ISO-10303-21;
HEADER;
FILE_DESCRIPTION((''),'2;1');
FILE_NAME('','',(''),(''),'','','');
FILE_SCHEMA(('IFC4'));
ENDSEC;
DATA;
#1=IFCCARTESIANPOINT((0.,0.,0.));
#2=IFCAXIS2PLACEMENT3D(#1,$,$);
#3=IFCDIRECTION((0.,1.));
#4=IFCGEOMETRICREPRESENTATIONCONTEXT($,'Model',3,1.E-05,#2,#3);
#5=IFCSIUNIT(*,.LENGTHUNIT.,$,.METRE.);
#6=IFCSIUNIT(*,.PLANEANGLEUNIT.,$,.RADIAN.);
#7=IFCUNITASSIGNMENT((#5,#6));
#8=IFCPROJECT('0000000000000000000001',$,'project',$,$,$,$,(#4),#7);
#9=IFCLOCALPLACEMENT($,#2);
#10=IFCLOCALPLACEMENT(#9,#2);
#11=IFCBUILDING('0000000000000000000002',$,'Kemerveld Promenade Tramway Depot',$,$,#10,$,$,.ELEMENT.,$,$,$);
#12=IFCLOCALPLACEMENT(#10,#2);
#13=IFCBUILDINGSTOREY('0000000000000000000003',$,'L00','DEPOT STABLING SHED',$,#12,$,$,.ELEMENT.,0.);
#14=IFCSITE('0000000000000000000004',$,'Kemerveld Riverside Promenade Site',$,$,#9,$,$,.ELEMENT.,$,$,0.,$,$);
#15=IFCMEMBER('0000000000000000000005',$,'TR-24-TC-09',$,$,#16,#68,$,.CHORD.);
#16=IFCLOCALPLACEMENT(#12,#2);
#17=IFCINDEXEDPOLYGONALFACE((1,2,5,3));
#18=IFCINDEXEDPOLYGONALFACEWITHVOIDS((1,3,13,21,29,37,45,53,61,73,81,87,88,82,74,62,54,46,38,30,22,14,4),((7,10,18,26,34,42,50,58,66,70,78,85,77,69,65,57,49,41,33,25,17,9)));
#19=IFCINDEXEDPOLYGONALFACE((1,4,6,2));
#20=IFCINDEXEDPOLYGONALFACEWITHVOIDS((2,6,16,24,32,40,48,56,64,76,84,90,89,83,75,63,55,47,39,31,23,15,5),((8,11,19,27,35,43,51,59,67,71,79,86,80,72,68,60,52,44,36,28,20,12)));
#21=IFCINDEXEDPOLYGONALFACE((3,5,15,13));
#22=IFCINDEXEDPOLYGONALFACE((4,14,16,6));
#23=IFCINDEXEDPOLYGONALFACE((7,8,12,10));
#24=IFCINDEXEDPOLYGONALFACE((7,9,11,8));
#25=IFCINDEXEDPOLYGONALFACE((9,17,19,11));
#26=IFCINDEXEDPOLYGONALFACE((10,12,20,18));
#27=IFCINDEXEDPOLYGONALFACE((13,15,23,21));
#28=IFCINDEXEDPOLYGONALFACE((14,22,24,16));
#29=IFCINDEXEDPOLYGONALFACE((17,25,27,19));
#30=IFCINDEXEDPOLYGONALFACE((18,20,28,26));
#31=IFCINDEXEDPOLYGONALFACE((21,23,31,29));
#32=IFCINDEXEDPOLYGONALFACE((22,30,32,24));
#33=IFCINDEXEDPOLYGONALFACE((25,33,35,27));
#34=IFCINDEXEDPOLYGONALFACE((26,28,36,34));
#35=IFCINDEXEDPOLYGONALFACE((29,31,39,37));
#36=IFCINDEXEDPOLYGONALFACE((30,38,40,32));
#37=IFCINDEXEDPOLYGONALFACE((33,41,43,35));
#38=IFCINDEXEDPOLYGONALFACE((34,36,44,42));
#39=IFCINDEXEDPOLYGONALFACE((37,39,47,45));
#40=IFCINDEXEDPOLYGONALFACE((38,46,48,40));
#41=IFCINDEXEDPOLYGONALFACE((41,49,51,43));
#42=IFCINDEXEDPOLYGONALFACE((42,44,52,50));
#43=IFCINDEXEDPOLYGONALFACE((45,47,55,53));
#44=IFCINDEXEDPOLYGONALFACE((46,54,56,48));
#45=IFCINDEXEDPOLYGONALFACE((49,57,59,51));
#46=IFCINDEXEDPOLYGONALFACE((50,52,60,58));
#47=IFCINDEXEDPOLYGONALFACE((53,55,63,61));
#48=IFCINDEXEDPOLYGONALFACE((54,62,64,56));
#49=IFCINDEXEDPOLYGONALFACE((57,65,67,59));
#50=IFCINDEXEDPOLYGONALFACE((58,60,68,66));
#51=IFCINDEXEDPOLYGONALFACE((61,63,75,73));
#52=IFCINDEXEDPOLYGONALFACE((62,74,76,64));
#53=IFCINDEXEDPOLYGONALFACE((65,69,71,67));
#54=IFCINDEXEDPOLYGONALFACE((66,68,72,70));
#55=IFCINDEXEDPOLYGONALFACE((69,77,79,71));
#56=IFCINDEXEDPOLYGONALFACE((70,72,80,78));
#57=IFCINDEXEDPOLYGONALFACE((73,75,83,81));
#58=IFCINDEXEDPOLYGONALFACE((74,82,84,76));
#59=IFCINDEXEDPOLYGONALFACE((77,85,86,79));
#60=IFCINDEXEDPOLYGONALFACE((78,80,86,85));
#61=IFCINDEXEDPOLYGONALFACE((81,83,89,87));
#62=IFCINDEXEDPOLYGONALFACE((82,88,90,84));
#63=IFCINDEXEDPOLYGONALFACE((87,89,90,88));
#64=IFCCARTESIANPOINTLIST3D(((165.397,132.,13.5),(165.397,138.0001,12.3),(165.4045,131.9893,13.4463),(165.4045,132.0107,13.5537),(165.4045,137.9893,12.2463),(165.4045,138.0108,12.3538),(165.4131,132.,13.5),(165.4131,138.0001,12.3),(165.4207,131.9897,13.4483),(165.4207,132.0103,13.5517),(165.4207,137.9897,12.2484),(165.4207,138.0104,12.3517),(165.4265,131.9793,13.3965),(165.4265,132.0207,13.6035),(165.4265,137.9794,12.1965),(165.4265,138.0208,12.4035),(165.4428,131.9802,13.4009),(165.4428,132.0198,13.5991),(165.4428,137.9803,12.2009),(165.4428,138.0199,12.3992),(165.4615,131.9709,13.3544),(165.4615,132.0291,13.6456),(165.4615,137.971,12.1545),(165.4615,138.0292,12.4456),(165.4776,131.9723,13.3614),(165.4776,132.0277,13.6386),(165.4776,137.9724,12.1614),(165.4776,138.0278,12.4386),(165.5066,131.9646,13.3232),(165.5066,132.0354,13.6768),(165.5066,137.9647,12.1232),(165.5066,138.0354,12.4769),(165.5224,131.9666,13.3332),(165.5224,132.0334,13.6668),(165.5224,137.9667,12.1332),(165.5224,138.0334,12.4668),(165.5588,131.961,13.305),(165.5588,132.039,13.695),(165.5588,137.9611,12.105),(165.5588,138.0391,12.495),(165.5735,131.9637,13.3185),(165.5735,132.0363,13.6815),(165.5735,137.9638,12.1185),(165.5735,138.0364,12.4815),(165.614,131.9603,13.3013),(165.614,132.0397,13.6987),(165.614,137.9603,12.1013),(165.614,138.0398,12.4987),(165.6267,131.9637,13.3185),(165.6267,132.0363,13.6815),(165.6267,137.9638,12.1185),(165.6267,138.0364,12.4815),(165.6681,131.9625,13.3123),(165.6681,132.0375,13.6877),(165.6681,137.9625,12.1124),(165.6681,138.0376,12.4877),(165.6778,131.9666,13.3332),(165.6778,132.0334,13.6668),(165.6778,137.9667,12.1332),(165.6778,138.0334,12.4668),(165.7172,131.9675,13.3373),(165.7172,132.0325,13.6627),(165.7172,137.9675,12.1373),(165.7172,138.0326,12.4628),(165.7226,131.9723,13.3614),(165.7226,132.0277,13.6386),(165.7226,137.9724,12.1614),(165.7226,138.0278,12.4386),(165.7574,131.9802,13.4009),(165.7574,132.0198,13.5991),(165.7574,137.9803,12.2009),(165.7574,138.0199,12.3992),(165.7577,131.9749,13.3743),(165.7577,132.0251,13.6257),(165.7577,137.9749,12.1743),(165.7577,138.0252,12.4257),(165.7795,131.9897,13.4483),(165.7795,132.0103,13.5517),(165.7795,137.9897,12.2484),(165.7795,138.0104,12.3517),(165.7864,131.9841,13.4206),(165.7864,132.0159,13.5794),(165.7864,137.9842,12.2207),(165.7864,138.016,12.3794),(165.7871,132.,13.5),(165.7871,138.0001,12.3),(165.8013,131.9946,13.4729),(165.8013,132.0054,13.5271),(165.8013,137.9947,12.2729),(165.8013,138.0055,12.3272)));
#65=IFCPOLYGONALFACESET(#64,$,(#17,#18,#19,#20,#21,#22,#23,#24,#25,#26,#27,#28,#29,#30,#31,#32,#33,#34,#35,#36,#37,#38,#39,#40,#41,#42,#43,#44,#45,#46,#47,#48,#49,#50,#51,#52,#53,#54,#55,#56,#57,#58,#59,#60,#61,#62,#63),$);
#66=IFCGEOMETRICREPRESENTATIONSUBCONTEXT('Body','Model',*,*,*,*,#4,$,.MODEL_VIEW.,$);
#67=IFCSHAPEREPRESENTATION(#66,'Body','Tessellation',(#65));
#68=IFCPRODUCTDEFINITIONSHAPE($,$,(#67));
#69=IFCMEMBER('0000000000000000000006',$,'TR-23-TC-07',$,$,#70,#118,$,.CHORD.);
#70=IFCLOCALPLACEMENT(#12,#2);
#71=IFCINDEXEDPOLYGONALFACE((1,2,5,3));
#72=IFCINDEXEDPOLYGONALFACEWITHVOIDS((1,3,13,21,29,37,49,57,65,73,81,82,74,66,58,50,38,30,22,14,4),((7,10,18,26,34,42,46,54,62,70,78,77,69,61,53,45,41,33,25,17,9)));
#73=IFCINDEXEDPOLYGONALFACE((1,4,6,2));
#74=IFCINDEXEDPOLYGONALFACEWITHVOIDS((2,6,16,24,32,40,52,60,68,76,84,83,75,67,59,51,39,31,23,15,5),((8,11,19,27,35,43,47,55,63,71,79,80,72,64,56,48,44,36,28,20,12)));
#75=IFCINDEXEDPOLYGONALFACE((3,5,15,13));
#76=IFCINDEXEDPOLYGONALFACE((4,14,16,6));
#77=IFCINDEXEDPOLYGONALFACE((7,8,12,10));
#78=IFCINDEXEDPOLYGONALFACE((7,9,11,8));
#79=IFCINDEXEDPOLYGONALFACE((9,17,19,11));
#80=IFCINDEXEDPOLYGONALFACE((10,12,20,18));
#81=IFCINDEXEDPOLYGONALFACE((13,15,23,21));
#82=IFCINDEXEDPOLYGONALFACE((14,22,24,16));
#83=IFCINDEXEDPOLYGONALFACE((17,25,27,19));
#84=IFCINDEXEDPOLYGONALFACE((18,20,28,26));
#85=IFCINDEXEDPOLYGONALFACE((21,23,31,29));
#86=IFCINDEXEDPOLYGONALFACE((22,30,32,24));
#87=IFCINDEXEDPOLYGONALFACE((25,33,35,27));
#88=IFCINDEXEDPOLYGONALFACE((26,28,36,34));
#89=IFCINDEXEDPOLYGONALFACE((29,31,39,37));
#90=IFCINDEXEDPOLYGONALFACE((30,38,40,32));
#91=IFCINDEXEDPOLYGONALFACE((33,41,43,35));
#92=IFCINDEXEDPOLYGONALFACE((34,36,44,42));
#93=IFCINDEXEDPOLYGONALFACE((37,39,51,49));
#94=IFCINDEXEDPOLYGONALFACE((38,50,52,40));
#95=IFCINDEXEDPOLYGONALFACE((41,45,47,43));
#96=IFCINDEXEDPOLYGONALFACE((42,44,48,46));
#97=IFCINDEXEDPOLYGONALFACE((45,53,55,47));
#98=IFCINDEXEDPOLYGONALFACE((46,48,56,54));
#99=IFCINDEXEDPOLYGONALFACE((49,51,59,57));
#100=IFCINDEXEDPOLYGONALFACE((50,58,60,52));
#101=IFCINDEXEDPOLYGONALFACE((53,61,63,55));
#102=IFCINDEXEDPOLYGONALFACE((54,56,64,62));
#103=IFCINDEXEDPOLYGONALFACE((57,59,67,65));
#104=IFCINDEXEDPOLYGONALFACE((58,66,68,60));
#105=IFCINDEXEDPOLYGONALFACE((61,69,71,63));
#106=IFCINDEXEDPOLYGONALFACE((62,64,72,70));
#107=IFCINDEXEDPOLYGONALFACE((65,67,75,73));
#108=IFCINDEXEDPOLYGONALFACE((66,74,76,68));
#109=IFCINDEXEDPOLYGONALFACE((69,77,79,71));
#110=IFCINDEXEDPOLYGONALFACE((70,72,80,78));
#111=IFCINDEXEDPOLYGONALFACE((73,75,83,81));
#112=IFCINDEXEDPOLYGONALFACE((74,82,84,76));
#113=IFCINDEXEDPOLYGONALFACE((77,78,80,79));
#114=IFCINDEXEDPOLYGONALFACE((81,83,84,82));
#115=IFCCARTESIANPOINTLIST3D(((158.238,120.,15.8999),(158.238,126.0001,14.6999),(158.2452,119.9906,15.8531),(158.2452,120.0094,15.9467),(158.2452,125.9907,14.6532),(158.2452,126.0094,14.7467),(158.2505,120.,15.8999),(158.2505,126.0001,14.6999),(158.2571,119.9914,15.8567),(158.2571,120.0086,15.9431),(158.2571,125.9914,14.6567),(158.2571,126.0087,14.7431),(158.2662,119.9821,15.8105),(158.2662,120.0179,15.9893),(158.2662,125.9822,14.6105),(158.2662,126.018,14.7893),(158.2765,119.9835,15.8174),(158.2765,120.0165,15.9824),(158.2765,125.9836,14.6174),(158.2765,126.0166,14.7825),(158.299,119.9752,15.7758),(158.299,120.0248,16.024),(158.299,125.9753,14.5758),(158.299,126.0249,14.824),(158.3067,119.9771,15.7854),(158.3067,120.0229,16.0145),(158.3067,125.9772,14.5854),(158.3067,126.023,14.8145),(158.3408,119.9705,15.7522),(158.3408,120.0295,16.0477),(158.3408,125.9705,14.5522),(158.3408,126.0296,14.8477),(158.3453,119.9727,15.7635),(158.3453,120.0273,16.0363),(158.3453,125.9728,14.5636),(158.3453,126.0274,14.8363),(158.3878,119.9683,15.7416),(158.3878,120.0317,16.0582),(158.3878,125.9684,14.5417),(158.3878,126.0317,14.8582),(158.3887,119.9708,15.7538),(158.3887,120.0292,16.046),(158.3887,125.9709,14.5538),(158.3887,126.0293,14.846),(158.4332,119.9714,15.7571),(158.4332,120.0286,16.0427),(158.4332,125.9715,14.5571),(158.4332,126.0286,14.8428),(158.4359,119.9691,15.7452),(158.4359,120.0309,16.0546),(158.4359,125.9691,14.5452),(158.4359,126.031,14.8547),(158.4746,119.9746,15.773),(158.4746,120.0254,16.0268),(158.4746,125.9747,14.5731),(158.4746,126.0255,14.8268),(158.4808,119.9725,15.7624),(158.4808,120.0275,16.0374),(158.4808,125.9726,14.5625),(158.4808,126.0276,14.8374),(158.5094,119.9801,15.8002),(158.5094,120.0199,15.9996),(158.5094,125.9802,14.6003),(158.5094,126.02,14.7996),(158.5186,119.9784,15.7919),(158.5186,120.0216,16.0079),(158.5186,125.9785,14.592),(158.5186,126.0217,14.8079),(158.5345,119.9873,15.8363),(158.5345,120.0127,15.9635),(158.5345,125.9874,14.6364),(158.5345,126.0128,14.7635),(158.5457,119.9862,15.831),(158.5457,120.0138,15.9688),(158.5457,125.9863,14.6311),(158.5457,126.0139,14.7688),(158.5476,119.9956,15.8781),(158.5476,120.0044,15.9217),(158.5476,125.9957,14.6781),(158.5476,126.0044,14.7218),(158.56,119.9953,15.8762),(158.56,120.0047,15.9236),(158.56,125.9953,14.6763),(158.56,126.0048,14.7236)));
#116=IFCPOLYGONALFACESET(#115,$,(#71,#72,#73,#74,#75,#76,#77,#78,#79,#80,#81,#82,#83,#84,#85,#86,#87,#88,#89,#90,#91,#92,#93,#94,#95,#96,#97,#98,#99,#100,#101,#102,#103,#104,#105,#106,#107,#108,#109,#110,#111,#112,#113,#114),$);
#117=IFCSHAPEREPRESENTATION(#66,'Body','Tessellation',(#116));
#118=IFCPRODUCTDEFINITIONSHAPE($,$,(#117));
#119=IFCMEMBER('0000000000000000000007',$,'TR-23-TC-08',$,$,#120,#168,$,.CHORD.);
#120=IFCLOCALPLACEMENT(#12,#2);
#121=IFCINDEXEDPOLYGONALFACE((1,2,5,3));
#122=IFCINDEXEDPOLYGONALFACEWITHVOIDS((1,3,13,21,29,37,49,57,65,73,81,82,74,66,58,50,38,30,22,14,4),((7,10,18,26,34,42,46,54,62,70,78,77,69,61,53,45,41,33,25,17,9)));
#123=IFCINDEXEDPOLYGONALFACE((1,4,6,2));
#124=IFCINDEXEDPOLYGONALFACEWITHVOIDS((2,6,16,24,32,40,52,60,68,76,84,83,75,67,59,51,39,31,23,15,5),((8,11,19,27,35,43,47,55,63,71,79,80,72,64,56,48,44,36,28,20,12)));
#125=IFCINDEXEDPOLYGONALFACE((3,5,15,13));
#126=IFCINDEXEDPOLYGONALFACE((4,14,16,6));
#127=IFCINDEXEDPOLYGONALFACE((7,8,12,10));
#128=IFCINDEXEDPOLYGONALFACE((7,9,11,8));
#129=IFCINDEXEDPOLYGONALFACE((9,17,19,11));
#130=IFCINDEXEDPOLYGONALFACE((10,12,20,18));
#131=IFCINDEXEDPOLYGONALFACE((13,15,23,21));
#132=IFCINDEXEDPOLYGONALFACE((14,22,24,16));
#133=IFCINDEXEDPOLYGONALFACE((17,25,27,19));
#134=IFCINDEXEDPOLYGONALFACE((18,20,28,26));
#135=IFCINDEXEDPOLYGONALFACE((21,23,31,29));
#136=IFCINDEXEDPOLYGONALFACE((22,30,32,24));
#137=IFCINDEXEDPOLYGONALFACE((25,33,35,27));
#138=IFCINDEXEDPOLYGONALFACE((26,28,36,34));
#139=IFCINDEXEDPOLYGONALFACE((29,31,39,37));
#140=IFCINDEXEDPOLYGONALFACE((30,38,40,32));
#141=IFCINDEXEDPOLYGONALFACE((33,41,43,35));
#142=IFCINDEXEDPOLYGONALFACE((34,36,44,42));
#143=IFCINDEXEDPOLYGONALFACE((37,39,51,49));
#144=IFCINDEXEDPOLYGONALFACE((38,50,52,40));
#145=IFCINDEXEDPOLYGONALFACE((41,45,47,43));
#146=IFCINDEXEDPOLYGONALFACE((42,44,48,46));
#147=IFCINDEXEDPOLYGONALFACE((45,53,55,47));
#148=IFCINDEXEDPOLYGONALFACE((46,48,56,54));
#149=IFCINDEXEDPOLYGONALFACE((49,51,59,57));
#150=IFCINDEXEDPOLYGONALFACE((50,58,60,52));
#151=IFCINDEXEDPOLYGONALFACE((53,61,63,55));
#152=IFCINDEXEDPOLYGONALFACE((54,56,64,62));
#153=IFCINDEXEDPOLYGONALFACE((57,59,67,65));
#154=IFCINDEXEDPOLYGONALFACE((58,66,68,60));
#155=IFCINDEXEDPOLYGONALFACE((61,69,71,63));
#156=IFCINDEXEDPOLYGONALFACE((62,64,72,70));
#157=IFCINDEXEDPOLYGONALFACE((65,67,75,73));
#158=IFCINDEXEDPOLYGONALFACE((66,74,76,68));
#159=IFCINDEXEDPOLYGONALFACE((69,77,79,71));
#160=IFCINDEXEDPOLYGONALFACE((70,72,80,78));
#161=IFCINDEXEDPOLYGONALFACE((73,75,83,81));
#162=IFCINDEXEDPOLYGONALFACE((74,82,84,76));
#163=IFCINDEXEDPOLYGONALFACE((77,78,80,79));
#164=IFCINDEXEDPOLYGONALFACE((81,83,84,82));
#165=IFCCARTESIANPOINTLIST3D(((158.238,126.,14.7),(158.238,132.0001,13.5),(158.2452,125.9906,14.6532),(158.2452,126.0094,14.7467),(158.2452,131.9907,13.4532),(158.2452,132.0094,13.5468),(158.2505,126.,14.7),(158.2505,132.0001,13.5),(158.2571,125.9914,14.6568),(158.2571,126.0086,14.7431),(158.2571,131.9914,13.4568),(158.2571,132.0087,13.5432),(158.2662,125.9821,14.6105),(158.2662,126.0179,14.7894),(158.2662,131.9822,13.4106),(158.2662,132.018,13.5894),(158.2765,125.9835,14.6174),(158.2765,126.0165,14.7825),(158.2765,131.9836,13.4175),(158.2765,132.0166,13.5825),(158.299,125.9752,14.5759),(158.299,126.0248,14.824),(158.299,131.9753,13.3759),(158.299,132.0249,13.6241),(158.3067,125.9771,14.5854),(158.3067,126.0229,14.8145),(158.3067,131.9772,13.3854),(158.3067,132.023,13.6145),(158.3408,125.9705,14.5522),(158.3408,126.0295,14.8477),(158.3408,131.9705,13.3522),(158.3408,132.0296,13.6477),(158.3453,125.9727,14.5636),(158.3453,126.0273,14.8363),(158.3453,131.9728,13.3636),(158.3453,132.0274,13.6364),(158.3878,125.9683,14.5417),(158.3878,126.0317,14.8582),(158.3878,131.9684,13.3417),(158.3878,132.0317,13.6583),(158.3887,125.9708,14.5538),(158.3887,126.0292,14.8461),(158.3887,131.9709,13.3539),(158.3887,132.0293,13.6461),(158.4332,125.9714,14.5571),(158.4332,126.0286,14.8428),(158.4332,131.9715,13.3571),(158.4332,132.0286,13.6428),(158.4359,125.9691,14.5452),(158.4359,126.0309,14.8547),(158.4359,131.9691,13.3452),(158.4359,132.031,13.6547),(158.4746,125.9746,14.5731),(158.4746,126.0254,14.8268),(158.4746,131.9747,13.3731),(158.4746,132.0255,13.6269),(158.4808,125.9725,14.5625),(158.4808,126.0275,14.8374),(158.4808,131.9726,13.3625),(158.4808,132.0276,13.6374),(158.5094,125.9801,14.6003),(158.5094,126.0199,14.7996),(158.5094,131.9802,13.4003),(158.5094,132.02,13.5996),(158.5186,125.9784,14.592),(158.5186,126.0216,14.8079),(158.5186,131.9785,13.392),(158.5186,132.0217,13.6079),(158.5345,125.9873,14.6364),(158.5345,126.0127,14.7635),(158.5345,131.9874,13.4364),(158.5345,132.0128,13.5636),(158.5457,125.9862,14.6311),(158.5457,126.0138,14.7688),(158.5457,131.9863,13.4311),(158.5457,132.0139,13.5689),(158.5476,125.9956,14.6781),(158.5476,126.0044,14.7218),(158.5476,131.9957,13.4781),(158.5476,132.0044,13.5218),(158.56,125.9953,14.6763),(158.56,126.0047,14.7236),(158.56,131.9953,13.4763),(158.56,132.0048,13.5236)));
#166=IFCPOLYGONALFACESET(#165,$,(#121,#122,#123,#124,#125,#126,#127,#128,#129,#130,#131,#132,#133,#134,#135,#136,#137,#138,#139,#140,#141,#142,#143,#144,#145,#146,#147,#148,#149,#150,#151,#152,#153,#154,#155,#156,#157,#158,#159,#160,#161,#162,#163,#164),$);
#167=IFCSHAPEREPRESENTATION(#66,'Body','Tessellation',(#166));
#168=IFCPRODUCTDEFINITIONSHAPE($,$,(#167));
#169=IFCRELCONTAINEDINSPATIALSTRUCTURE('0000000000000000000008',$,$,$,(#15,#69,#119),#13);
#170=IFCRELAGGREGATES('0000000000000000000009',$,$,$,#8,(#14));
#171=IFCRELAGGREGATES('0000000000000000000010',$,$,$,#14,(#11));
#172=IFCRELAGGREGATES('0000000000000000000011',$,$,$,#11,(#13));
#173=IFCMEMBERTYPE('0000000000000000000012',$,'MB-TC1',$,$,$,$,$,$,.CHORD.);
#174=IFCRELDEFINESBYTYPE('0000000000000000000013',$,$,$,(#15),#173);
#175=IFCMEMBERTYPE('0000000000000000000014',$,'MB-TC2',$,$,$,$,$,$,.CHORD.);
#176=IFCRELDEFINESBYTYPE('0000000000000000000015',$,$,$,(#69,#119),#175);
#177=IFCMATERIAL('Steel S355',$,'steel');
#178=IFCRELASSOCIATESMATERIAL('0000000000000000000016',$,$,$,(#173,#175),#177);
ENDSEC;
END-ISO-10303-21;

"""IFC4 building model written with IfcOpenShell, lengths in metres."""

from ifc_helpers import new_model, si_unit, direction, frame, origin, origin_2d, place, context, subcontext, project, spatial, hollow_circle, extrude, material, material_profile, profile_set, type_object, element, save


model = new_model("IFC4")

# Units and contexts
model_context = context("Model", 3, precision=1e-05, world=origin(), true_north=direction((0.0, 1.0)))
body_context = subcontext(model_context, "Body", "Model", "MODEL_VIEW")
ifc_project = project(units=[si_unit("LENGTHUNIT", "METRE"), si_unit("PLANEANGLEUNIT", "RADIAN")], contexts=[model_context])

# Site, building, storey
site_placement = place(None, origin())
site = spatial("IfcSite", under=ifc_project, at=site_placement, Name="Kemerveld Riverside Promenade Site", CompositionType="ELEMENT", RefElevation=0.0)
building_placement = place(site_placement, origin())
building = spatial("IfcBuilding", under=site, at=building_placement, Name="Kemerveld Promenade Tramway Depot", CompositionType="ELEMENT")
storey_placement = place(building_placement, origin())
storey = spatial("IfcBuildingStorey", under=building, at=storey_placement, Name="L00", Description="DEPOT STABLING SHED", CompositionType="ELEMENT", Elevation=0.0)

# Members
ifc_material = material(Name="Steel S355", Category="steel")
ifc_material_profile_1 = material_profile(ifc_material, hollow_circle(Radius=0.2031, WallThickness=0.0161, at=origin_2d()), Name="406.4x16.0 CHS")
ifc_profile_set_1 = profile_set([ifc_material_profile_1], Name="Steel S355")
member_type_1 = type_object("IfcMemberType", Name="MB-TC1", PredefinedType="CHORD", material=ifc_profile_set_1)
for number, where, z_axis, x_axis, name in (
    (1, (165.6001, 132.0, 13.5), (0.0, 0.980582, -0.196108), (-1.0, 0.0, 0.0), "TR-24-TC-09"),
):
    element("IfcMember", number, at=place(storey_placement, frame(where, z_axis=z_axis, x_axis=x_axis)), inside=storey, type_object=member_type_1, Name=name, PredefinedType="CHORD", context=body_context, shape_type="SweptSolid", body=[
        extrude(hollow_circle(Radius=0.2031, WallThickness=0.0161, at=origin_2d()), origin(), (0.0, 0.0, 1.0), 6.1189),
    ])
ifc_material_profile_2 = material_profile(ifc_material, hollow_circle(Radius=0.1619, WallThickness=0.0125, at=origin_2d()), Name="323.9x12.5 CHS")
ifc_profile_set_2 = profile_set([ifc_material_profile_2], Name="Steel S355")
member_type_2 = type_object("IfcMemberType", Name="MB-TC2", PredefinedType="CHORD", material=ifc_profile_set_2)
for number, where, z_axis, x_axis, name in (
    (2, (158.3999, 120.0, 15.8999), (0.0, 0.980582, -0.196108), (-1.0, 0.0, 0.0), "TR-23-TC-07"),
    (3, (158.3999, 126.0, 14.7), (0.0, 0.980582, -0.196108), (-1.0, 0.0, 0.0), "TR-23-TC-08"),
):
    element("IfcMember", number, at=place(storey_placement, frame(where, z_axis=z_axis, x_axis=x_axis)), inside=storey, type_object=member_type_2, Name=name, PredefinedType="CHORD", context=body_context, shape_type="SweptSolid", body=[
        extrude(hollow_circle(Radius=0.1619, WallThickness=0.0125, at=origin_2d()), origin(), (0.0, 0.0, 1.0), 6.1189),
    ])

save(model, "model.ifc")
